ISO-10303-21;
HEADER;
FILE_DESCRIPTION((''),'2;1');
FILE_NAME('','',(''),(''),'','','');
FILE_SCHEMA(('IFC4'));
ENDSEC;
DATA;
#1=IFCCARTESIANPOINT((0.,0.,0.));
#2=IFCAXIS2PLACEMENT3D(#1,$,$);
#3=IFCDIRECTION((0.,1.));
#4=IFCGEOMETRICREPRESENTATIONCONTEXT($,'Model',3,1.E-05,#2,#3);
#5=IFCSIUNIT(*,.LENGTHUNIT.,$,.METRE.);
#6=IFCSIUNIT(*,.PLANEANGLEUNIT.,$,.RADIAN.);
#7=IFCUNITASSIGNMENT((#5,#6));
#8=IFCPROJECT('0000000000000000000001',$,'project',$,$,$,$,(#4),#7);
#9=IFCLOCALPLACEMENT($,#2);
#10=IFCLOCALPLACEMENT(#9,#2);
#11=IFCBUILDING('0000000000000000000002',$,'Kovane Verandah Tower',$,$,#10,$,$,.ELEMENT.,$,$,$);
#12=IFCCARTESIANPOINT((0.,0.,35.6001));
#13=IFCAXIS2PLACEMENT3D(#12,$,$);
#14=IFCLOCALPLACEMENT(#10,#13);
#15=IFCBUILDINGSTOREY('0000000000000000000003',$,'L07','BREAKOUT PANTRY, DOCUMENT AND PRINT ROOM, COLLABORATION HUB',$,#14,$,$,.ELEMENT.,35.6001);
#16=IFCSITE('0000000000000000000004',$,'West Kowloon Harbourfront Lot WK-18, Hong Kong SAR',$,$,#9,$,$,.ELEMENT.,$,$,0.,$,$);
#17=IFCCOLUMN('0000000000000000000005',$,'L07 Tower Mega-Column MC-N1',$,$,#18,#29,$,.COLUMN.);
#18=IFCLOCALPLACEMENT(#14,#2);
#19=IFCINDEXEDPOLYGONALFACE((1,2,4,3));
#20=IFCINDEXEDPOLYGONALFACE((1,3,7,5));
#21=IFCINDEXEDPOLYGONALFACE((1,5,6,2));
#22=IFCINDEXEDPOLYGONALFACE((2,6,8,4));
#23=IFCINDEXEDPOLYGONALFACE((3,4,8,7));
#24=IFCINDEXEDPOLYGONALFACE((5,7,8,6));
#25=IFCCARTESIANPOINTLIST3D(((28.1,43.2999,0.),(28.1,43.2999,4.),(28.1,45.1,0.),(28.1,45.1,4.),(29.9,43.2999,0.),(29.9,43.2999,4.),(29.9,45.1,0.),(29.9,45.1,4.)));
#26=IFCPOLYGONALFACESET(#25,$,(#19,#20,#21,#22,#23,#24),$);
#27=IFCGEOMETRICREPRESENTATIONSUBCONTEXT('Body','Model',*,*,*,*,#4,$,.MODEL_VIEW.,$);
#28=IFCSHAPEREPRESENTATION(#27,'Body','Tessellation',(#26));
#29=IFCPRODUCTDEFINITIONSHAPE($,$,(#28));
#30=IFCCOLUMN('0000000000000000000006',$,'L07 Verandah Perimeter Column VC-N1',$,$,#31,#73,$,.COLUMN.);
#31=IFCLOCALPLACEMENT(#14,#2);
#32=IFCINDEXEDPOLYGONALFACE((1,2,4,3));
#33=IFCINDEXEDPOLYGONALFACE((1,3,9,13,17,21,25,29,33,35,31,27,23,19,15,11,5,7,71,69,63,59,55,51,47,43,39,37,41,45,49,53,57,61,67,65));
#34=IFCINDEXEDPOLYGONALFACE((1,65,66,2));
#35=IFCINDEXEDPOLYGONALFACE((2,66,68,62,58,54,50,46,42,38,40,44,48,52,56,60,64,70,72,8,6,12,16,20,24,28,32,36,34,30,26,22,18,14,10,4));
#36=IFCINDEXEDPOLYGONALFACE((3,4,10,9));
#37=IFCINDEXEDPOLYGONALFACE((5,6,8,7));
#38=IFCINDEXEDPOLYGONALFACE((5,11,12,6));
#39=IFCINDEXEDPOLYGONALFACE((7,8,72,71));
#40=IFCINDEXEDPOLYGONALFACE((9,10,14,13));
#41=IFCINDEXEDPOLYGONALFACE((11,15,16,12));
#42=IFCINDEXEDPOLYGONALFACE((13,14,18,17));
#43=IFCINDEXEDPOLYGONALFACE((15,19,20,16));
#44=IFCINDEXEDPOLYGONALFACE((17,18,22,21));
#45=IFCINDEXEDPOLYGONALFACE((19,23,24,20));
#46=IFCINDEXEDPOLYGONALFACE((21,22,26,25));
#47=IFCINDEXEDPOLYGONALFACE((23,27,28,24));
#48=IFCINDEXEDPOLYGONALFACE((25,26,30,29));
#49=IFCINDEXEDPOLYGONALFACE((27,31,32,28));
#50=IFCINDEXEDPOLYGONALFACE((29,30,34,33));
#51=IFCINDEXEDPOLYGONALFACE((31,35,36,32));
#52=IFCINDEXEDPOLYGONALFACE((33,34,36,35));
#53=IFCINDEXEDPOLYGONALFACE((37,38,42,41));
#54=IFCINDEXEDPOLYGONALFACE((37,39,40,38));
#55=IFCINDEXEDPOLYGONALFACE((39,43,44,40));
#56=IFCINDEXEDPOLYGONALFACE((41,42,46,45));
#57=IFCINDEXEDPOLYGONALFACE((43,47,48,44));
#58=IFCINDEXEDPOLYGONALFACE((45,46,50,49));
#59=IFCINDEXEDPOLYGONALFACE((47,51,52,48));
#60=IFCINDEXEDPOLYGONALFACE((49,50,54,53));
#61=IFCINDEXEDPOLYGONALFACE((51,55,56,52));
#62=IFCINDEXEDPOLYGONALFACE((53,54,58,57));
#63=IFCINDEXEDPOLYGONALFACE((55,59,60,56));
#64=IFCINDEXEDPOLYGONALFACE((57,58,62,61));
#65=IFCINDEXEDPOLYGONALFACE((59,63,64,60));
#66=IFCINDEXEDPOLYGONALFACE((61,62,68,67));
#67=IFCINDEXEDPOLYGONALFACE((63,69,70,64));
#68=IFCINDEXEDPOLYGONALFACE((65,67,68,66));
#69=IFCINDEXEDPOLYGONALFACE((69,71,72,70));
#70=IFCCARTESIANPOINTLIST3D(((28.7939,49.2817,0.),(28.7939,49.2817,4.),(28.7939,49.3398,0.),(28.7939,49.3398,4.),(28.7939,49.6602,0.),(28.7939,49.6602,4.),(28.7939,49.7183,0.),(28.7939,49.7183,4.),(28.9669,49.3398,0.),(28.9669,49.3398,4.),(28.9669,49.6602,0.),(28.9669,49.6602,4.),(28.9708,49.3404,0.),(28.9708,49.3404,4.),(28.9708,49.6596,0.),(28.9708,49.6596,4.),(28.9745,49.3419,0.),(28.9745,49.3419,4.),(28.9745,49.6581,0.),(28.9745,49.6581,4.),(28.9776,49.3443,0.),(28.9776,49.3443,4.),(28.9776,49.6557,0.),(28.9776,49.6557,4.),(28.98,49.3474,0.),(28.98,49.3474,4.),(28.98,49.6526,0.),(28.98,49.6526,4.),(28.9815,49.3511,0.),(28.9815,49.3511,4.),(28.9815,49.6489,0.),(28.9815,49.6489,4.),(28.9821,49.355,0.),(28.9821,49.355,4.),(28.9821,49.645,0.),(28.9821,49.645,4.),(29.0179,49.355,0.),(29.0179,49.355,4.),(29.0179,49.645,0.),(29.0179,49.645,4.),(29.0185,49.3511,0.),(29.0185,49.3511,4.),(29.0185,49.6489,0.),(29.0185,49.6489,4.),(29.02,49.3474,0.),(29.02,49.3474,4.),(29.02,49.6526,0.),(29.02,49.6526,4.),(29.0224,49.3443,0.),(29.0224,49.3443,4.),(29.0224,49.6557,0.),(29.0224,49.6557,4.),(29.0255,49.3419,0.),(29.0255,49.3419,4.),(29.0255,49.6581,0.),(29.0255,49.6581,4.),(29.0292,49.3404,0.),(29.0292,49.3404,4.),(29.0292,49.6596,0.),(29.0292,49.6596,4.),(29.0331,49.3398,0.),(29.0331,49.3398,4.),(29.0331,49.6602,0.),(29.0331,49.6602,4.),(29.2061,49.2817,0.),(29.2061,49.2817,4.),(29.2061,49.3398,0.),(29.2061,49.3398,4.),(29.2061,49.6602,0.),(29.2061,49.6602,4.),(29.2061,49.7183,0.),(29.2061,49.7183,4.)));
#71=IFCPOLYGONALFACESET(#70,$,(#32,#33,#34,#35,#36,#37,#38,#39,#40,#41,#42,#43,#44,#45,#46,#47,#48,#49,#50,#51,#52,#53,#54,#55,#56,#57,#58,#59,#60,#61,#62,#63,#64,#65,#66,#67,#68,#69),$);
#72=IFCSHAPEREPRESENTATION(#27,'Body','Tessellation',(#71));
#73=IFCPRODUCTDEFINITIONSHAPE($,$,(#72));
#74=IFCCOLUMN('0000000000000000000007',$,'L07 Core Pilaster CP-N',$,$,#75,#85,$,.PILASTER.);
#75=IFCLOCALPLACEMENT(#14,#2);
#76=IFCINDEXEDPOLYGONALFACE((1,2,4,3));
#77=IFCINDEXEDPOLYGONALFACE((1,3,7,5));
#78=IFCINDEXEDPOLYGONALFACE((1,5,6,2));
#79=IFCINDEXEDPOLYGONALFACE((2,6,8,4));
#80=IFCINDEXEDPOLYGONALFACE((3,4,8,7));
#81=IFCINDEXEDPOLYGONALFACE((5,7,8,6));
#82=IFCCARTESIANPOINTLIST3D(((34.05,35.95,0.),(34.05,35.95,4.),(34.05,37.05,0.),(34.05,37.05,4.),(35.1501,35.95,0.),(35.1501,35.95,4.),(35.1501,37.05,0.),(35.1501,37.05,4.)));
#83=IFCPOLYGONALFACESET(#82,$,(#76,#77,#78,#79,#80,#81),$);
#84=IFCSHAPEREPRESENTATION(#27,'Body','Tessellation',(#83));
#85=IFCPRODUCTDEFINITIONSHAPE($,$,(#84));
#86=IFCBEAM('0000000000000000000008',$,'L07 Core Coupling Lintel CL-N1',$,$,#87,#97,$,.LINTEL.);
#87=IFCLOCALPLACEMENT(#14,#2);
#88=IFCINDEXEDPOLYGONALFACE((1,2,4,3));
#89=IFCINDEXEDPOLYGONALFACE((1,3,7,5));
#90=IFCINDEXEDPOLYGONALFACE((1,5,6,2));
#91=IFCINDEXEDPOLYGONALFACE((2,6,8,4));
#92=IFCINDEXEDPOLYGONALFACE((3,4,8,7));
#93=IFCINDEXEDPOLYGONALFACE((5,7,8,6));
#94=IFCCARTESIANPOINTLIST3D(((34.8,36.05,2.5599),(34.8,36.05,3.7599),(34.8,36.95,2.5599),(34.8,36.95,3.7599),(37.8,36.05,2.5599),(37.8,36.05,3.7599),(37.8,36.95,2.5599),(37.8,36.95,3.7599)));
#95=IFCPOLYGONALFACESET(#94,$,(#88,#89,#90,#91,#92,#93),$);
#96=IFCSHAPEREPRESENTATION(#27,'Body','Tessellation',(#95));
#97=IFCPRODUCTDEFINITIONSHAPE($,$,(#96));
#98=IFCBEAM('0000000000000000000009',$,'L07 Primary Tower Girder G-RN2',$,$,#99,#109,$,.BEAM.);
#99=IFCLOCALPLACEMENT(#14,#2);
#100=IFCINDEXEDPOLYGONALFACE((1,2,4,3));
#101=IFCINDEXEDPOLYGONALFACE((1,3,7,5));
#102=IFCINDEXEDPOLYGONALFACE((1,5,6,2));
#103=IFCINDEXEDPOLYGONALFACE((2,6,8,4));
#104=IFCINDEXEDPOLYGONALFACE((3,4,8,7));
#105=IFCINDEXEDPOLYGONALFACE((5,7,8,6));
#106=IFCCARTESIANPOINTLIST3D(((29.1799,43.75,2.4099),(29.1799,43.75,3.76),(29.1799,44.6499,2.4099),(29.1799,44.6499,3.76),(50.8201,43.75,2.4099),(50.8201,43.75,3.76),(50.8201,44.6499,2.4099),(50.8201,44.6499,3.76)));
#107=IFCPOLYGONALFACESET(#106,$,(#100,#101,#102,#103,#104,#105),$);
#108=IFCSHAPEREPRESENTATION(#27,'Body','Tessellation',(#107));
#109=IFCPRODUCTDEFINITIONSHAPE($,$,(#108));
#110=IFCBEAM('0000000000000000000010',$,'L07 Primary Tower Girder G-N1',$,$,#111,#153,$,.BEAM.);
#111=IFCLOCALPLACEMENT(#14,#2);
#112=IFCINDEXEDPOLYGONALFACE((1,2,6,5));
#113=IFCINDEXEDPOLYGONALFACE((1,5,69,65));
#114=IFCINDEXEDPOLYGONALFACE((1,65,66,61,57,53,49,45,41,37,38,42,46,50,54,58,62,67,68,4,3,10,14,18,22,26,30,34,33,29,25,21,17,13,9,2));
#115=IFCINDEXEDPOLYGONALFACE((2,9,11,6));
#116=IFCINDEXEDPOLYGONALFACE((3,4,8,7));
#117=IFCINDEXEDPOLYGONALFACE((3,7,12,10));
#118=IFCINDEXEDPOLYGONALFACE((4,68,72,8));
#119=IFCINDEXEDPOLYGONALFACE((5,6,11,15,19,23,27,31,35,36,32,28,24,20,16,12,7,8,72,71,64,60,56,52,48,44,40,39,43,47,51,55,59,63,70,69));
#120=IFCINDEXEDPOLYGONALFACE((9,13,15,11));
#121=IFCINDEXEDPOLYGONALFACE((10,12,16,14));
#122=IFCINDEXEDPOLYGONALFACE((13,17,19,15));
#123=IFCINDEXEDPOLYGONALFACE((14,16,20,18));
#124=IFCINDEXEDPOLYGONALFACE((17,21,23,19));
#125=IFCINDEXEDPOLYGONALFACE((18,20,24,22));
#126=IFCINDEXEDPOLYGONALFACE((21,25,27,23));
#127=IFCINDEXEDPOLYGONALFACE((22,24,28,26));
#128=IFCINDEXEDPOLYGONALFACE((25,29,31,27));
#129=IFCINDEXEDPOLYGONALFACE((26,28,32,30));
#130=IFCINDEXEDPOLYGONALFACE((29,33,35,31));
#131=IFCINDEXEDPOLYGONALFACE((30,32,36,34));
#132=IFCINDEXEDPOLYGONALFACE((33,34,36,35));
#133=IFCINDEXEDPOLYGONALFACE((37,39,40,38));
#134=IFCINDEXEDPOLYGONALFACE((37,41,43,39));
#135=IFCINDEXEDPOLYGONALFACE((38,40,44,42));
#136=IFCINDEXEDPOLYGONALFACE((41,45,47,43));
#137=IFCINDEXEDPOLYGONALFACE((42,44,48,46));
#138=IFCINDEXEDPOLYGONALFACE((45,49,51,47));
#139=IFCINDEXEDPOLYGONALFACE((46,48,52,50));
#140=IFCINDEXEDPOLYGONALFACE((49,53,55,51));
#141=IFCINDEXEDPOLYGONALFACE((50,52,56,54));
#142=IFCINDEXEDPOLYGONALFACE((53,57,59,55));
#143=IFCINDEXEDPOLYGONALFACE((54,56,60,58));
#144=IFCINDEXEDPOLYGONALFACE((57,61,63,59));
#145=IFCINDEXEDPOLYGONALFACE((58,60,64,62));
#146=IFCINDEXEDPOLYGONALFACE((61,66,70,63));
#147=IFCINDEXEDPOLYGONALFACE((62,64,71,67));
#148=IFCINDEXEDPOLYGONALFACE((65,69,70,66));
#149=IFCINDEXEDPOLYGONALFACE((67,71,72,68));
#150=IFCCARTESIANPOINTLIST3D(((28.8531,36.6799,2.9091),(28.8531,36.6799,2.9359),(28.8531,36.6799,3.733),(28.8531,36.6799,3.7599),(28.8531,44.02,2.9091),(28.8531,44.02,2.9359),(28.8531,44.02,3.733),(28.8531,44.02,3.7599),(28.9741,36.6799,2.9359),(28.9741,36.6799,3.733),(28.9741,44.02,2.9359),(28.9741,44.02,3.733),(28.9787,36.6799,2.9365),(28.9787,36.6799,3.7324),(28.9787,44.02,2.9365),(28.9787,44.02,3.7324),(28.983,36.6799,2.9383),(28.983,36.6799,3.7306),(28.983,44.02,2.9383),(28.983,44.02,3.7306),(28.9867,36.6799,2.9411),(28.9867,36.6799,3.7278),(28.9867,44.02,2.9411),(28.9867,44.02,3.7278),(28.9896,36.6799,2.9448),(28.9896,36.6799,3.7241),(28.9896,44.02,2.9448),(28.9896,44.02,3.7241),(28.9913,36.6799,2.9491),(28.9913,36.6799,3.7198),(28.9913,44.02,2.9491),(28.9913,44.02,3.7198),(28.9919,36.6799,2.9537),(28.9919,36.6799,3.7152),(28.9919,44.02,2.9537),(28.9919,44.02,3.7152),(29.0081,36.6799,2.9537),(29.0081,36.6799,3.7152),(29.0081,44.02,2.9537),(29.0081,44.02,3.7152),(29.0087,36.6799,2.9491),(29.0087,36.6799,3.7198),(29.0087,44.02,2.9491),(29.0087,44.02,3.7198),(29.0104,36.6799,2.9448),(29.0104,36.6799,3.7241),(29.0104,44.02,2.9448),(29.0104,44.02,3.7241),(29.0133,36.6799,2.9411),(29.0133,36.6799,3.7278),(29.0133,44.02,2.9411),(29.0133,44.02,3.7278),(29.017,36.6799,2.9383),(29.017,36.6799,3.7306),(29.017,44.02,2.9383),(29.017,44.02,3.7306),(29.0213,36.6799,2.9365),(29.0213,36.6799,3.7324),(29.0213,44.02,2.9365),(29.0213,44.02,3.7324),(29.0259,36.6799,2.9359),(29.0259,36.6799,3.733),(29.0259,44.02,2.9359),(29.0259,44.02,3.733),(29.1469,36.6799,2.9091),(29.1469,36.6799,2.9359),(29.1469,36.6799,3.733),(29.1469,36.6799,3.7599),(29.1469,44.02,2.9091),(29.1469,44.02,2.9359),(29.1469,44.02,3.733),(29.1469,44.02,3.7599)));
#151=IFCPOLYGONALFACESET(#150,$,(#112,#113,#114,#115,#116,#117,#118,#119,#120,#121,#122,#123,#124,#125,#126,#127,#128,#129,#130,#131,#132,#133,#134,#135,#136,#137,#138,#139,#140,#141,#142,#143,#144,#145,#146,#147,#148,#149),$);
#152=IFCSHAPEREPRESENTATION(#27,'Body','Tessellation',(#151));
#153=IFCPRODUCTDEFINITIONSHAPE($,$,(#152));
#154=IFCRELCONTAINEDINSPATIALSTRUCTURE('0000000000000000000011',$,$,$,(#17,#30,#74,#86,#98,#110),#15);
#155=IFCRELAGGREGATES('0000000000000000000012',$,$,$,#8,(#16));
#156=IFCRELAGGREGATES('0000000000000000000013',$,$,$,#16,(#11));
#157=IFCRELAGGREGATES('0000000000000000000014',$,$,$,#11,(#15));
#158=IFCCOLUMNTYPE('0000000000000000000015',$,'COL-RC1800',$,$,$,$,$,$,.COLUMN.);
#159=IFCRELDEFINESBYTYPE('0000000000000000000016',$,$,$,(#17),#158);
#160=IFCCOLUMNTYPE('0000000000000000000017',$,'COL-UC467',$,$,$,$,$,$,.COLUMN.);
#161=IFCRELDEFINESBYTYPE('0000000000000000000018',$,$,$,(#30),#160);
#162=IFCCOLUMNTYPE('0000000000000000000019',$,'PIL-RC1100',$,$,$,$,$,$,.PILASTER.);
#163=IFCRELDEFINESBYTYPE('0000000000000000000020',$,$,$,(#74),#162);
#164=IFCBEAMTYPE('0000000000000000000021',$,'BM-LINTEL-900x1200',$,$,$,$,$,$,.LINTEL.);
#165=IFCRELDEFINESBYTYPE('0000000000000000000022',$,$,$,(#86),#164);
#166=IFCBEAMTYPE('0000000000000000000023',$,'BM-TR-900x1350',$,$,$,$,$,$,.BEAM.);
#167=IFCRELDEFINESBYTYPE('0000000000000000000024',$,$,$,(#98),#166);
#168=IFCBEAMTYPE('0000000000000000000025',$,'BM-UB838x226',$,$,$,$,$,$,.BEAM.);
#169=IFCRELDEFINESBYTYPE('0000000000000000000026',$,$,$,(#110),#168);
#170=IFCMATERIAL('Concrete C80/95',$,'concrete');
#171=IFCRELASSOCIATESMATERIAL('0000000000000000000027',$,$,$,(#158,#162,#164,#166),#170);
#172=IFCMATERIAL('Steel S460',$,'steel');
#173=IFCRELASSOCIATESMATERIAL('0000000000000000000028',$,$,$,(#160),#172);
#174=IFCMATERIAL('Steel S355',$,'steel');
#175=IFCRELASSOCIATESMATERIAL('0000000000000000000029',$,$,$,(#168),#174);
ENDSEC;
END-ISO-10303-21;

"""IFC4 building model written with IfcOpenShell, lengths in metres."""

from ifc_helpers import new_model, si_unit, direction, frame, origin, origin_2d, place, context, subcontext, project, spatial, rectangle, i_section, extrude, material, material_profile, profile_set, type_object, element, save


model = new_model("IFC4")

# Units and contexts
model_context = context("Model", 3, precision=1e-05, world=origin(), true_north=direction((0.0, 1.0)))
body_context = subcontext(model_context, "Body", "Model", "MODEL_VIEW")
ifc_project = project(units=[si_unit("LENGTHUNIT", "METRE"), si_unit("PLANEANGLEUNIT", "RADIAN")], contexts=[model_context])

# Site, building, storey
site_placement = place(None, origin())
site = spatial("IfcSite", under=ifc_project, at=site_placement, Name="West Kowloon Harbourfront Lot WK-18, Hong Kong SAR", CompositionType="ELEMENT", RefElevation=0.0)
building_placement = place(site_placement, origin())
building = spatial("IfcBuilding", under=site, at=building_placement, Name="Kovane Verandah Tower", CompositionType="ELEMENT")
storey_placement = place(building_placement, frame((0.0, 0.0, 35.6001)))
storey = spatial("IfcBuildingStorey", under=building, at=storey_placement, Name="L07", Description="BREAKOUT PANTRY, DOCUMENT AND PRINT ROOM, COLLABORATION HUB", CompositionType="ELEMENT", Elevation=35.6001)

# Columns
ifc_material_1 = material(Name="Concrete C80/95", Category="concrete")
ifc_material_profile_1 = material_profile(ifc_material_1, rectangle(XDim=1.8, YDim=1.8, at=origin_2d()), Name="RC1800x1800")
ifc_profile_set_1 = profile_set([ifc_material_profile_1], Name="Concrete C80/95")
column_type_1 = type_object("IfcColumnType", Name="COL-RC1800", PredefinedType="COLUMN", material=ifc_profile_set_1)
column_1_placement = place(storey_placement, frame((29.0, 44.2, 0.0), z_axis=(0.0, 0.0, 1.0), x_axis=(1.0, 0.0, 0.0)))
element("IfcColumn", 1, at=column_1_placement, inside=storey, type_object=column_type_1, Name="L07 Tower Mega-Column MC-N1", PredefinedType="COLUMN", context=body_context, shape_type="SweptSolid", body=[
    extrude(rectangle(XDim=1.8, YDim=1.8, at=origin_2d()), origin(), (0.0, 0.0, 1.0), 4.0),
])
ifc_material_2 = material(Name="Steel S460", Category="steel")
ifc_material_profile_2 = material_profile(ifc_material_2, i_section(OverallWidth=0.4121, OverallDepth=0.4365, WebThickness=0.0359, FlangeThickness=0.0581, FilletRadius=0.0151, at=origin_2d()), Name="UC356x406x467")
ifc_profile_set_2 = profile_set([ifc_material_profile_2], Name="Steel S460")
column_type_2 = type_object("IfcColumnType", Name="COL-UC467", PredefinedType="COLUMN", material=ifc_profile_set_2)
column_2_placement = place(storey_placement, frame((29.0, 49.5, 0.0), z_axis=(0.0, 0.0, 1.0), x_axis=(1.0, 0.0, 0.0)))
element("IfcColumn", 2, at=column_2_placement, inside=storey, type_object=column_type_2, Name="L07 Verandah Perimeter Column VC-N1", PredefinedType="COLUMN", context=body_context, shape_type="SweptSolid", body=[
    extrude(i_section(OverallWidth=0.4121, OverallDepth=0.4365, WebThickness=0.0359, FlangeThickness=0.0581, FilletRadius=0.0151, at=origin_2d()), origin(), (0.0, 0.0, 1.0), 4.0),
])
ifc_material_profile_3 = material_profile(ifc_material_1, rectangle(XDim=1.1001, YDim=1.1001, at=origin_2d()), Name="RC1100x1100")
ifc_profile_set_3 = profile_set([ifc_material_profile_3], Name="Concrete C80/95")
column_type_3 = type_object("IfcColumnType", Name="PIL-RC1100", PredefinedType="PILASTER", material=ifc_profile_set_3)
column_3_placement = place(storey_placement, frame((34.6001, 36.5, 0.0), z_axis=(0.0, 0.0, 1.0), x_axis=(1.0, 0.0, 0.0)))
element("IfcColumn", 3, at=column_3_placement, inside=storey, type_object=column_type_3, Name="L07 Core Pilaster CP-N", PredefinedType="PILASTER", context=body_context, shape_type="SweptSolid", body=[
    extrude(rectangle(XDim=1.1001, YDim=1.1001, at=origin_2d()), origin(), (0.0, 0.0, 1.0), 4.0),
])

# Beams
ifc_material_profile_4 = material_profile(ifc_material_1, rectangle(XDim=0.8999, YDim=1.2, at=origin_2d()), Name="RCB900x1200")
ifc_profile_set_4 = profile_set([ifc_material_profile_4], Name="Concrete C80/95")
beam_type_1 = type_object("IfcBeamType", Name="BM-LINTEL-900x1200", PredefinedType="LINTEL", material=ifc_profile_set_4)
beam_1_placement = place(storey_placement, frame((34.8, 36.5, 3.1599), z_axis=(1.0, 0.0, 0.0), x_axis=(0.0, 1.0, 0.0)))
element("IfcBeam", 4, at=beam_1_placement, inside=storey, type_object=beam_type_1, Name="L07 Core Coupling Lintel CL-N1", PredefinedType="LINTEL", context=body_context, shape_type="SweptSolid", body=[
    extrude(rectangle(XDim=0.8999, YDim=1.2, at=origin_2d()), origin(), (0.0, 0.0, 1.0), 3.0),
])
ifc_material_profile_5 = material_profile(ifc_material_1, rectangle(XDim=0.8999, YDim=1.3501, at=origin_2d()), Name="RCB900x1350")
ifc_profile_set_5 = profile_set([ifc_material_profile_5], Name="Concrete C80/95")
beam_type_2 = type_object("IfcBeamType", Name="BM-TR-900x1350", PredefinedType="BEAM", material=ifc_profile_set_5)
beam_2_placement = place(storey_placement, frame((29.1799, 44.2, 3.085), z_axis=(1.0, 0.0, 0.0), x_axis=(0.0, 1.0, 0.0)))
element("IfcBeam", 5, at=beam_2_placement, inside=storey, type_object=beam_type_2, Name="L07 Primary Tower Girder G-RN2", PredefinedType="BEAM", context=body_context, shape_type="SweptSolid", body=[
    extrude(rectangle(XDim=0.8999, YDim=1.3501, at=origin_2d()), origin(), (0.0, 0.0, 1.0), 21.6401),
])
ifc_material_3 = material(Name="Steel S355", Category="steel")
ifc_material_profile_6 = material_profile(ifc_material_3, i_section(OverallWidth=0.2937, OverallDepth=0.8508, WebThickness=0.0161, FlangeThickness=0.0269, FilletRadius=0.0178, at=origin_2d()), Name="UB838x292x226")
ifc_profile_set_6 = profile_set([ifc_material_profile_6], Name="Steel S355")
beam_type_3 = type_object("IfcBeamType", Name="BM-UB838x226", PredefinedType="BEAM", material=ifc_profile_set_6)
beam_3_placement = place(storey_placement, frame((29.0, 36.6799, 3.3345), z_axis=(0.0, 1.0, 0.0), x_axis=(-1.0, 0.0, 0.0)))
element("IfcBeam", 6, at=beam_3_placement, inside=storey, type_object=beam_type_3, Name="L07 Primary Tower Girder G-N1", PredefinedType="BEAM", context=body_context, shape_type="SweptSolid", body=[
    extrude(i_section(OverallWidth=0.2937, OverallDepth=0.8508, WebThickness=0.0161, FlangeThickness=0.0269, FilletRadius=0.0178, at=origin_2d()), origin(), (0.0, 0.0, 1.0), 7.3401),
])

save(model, "model.ifc")
